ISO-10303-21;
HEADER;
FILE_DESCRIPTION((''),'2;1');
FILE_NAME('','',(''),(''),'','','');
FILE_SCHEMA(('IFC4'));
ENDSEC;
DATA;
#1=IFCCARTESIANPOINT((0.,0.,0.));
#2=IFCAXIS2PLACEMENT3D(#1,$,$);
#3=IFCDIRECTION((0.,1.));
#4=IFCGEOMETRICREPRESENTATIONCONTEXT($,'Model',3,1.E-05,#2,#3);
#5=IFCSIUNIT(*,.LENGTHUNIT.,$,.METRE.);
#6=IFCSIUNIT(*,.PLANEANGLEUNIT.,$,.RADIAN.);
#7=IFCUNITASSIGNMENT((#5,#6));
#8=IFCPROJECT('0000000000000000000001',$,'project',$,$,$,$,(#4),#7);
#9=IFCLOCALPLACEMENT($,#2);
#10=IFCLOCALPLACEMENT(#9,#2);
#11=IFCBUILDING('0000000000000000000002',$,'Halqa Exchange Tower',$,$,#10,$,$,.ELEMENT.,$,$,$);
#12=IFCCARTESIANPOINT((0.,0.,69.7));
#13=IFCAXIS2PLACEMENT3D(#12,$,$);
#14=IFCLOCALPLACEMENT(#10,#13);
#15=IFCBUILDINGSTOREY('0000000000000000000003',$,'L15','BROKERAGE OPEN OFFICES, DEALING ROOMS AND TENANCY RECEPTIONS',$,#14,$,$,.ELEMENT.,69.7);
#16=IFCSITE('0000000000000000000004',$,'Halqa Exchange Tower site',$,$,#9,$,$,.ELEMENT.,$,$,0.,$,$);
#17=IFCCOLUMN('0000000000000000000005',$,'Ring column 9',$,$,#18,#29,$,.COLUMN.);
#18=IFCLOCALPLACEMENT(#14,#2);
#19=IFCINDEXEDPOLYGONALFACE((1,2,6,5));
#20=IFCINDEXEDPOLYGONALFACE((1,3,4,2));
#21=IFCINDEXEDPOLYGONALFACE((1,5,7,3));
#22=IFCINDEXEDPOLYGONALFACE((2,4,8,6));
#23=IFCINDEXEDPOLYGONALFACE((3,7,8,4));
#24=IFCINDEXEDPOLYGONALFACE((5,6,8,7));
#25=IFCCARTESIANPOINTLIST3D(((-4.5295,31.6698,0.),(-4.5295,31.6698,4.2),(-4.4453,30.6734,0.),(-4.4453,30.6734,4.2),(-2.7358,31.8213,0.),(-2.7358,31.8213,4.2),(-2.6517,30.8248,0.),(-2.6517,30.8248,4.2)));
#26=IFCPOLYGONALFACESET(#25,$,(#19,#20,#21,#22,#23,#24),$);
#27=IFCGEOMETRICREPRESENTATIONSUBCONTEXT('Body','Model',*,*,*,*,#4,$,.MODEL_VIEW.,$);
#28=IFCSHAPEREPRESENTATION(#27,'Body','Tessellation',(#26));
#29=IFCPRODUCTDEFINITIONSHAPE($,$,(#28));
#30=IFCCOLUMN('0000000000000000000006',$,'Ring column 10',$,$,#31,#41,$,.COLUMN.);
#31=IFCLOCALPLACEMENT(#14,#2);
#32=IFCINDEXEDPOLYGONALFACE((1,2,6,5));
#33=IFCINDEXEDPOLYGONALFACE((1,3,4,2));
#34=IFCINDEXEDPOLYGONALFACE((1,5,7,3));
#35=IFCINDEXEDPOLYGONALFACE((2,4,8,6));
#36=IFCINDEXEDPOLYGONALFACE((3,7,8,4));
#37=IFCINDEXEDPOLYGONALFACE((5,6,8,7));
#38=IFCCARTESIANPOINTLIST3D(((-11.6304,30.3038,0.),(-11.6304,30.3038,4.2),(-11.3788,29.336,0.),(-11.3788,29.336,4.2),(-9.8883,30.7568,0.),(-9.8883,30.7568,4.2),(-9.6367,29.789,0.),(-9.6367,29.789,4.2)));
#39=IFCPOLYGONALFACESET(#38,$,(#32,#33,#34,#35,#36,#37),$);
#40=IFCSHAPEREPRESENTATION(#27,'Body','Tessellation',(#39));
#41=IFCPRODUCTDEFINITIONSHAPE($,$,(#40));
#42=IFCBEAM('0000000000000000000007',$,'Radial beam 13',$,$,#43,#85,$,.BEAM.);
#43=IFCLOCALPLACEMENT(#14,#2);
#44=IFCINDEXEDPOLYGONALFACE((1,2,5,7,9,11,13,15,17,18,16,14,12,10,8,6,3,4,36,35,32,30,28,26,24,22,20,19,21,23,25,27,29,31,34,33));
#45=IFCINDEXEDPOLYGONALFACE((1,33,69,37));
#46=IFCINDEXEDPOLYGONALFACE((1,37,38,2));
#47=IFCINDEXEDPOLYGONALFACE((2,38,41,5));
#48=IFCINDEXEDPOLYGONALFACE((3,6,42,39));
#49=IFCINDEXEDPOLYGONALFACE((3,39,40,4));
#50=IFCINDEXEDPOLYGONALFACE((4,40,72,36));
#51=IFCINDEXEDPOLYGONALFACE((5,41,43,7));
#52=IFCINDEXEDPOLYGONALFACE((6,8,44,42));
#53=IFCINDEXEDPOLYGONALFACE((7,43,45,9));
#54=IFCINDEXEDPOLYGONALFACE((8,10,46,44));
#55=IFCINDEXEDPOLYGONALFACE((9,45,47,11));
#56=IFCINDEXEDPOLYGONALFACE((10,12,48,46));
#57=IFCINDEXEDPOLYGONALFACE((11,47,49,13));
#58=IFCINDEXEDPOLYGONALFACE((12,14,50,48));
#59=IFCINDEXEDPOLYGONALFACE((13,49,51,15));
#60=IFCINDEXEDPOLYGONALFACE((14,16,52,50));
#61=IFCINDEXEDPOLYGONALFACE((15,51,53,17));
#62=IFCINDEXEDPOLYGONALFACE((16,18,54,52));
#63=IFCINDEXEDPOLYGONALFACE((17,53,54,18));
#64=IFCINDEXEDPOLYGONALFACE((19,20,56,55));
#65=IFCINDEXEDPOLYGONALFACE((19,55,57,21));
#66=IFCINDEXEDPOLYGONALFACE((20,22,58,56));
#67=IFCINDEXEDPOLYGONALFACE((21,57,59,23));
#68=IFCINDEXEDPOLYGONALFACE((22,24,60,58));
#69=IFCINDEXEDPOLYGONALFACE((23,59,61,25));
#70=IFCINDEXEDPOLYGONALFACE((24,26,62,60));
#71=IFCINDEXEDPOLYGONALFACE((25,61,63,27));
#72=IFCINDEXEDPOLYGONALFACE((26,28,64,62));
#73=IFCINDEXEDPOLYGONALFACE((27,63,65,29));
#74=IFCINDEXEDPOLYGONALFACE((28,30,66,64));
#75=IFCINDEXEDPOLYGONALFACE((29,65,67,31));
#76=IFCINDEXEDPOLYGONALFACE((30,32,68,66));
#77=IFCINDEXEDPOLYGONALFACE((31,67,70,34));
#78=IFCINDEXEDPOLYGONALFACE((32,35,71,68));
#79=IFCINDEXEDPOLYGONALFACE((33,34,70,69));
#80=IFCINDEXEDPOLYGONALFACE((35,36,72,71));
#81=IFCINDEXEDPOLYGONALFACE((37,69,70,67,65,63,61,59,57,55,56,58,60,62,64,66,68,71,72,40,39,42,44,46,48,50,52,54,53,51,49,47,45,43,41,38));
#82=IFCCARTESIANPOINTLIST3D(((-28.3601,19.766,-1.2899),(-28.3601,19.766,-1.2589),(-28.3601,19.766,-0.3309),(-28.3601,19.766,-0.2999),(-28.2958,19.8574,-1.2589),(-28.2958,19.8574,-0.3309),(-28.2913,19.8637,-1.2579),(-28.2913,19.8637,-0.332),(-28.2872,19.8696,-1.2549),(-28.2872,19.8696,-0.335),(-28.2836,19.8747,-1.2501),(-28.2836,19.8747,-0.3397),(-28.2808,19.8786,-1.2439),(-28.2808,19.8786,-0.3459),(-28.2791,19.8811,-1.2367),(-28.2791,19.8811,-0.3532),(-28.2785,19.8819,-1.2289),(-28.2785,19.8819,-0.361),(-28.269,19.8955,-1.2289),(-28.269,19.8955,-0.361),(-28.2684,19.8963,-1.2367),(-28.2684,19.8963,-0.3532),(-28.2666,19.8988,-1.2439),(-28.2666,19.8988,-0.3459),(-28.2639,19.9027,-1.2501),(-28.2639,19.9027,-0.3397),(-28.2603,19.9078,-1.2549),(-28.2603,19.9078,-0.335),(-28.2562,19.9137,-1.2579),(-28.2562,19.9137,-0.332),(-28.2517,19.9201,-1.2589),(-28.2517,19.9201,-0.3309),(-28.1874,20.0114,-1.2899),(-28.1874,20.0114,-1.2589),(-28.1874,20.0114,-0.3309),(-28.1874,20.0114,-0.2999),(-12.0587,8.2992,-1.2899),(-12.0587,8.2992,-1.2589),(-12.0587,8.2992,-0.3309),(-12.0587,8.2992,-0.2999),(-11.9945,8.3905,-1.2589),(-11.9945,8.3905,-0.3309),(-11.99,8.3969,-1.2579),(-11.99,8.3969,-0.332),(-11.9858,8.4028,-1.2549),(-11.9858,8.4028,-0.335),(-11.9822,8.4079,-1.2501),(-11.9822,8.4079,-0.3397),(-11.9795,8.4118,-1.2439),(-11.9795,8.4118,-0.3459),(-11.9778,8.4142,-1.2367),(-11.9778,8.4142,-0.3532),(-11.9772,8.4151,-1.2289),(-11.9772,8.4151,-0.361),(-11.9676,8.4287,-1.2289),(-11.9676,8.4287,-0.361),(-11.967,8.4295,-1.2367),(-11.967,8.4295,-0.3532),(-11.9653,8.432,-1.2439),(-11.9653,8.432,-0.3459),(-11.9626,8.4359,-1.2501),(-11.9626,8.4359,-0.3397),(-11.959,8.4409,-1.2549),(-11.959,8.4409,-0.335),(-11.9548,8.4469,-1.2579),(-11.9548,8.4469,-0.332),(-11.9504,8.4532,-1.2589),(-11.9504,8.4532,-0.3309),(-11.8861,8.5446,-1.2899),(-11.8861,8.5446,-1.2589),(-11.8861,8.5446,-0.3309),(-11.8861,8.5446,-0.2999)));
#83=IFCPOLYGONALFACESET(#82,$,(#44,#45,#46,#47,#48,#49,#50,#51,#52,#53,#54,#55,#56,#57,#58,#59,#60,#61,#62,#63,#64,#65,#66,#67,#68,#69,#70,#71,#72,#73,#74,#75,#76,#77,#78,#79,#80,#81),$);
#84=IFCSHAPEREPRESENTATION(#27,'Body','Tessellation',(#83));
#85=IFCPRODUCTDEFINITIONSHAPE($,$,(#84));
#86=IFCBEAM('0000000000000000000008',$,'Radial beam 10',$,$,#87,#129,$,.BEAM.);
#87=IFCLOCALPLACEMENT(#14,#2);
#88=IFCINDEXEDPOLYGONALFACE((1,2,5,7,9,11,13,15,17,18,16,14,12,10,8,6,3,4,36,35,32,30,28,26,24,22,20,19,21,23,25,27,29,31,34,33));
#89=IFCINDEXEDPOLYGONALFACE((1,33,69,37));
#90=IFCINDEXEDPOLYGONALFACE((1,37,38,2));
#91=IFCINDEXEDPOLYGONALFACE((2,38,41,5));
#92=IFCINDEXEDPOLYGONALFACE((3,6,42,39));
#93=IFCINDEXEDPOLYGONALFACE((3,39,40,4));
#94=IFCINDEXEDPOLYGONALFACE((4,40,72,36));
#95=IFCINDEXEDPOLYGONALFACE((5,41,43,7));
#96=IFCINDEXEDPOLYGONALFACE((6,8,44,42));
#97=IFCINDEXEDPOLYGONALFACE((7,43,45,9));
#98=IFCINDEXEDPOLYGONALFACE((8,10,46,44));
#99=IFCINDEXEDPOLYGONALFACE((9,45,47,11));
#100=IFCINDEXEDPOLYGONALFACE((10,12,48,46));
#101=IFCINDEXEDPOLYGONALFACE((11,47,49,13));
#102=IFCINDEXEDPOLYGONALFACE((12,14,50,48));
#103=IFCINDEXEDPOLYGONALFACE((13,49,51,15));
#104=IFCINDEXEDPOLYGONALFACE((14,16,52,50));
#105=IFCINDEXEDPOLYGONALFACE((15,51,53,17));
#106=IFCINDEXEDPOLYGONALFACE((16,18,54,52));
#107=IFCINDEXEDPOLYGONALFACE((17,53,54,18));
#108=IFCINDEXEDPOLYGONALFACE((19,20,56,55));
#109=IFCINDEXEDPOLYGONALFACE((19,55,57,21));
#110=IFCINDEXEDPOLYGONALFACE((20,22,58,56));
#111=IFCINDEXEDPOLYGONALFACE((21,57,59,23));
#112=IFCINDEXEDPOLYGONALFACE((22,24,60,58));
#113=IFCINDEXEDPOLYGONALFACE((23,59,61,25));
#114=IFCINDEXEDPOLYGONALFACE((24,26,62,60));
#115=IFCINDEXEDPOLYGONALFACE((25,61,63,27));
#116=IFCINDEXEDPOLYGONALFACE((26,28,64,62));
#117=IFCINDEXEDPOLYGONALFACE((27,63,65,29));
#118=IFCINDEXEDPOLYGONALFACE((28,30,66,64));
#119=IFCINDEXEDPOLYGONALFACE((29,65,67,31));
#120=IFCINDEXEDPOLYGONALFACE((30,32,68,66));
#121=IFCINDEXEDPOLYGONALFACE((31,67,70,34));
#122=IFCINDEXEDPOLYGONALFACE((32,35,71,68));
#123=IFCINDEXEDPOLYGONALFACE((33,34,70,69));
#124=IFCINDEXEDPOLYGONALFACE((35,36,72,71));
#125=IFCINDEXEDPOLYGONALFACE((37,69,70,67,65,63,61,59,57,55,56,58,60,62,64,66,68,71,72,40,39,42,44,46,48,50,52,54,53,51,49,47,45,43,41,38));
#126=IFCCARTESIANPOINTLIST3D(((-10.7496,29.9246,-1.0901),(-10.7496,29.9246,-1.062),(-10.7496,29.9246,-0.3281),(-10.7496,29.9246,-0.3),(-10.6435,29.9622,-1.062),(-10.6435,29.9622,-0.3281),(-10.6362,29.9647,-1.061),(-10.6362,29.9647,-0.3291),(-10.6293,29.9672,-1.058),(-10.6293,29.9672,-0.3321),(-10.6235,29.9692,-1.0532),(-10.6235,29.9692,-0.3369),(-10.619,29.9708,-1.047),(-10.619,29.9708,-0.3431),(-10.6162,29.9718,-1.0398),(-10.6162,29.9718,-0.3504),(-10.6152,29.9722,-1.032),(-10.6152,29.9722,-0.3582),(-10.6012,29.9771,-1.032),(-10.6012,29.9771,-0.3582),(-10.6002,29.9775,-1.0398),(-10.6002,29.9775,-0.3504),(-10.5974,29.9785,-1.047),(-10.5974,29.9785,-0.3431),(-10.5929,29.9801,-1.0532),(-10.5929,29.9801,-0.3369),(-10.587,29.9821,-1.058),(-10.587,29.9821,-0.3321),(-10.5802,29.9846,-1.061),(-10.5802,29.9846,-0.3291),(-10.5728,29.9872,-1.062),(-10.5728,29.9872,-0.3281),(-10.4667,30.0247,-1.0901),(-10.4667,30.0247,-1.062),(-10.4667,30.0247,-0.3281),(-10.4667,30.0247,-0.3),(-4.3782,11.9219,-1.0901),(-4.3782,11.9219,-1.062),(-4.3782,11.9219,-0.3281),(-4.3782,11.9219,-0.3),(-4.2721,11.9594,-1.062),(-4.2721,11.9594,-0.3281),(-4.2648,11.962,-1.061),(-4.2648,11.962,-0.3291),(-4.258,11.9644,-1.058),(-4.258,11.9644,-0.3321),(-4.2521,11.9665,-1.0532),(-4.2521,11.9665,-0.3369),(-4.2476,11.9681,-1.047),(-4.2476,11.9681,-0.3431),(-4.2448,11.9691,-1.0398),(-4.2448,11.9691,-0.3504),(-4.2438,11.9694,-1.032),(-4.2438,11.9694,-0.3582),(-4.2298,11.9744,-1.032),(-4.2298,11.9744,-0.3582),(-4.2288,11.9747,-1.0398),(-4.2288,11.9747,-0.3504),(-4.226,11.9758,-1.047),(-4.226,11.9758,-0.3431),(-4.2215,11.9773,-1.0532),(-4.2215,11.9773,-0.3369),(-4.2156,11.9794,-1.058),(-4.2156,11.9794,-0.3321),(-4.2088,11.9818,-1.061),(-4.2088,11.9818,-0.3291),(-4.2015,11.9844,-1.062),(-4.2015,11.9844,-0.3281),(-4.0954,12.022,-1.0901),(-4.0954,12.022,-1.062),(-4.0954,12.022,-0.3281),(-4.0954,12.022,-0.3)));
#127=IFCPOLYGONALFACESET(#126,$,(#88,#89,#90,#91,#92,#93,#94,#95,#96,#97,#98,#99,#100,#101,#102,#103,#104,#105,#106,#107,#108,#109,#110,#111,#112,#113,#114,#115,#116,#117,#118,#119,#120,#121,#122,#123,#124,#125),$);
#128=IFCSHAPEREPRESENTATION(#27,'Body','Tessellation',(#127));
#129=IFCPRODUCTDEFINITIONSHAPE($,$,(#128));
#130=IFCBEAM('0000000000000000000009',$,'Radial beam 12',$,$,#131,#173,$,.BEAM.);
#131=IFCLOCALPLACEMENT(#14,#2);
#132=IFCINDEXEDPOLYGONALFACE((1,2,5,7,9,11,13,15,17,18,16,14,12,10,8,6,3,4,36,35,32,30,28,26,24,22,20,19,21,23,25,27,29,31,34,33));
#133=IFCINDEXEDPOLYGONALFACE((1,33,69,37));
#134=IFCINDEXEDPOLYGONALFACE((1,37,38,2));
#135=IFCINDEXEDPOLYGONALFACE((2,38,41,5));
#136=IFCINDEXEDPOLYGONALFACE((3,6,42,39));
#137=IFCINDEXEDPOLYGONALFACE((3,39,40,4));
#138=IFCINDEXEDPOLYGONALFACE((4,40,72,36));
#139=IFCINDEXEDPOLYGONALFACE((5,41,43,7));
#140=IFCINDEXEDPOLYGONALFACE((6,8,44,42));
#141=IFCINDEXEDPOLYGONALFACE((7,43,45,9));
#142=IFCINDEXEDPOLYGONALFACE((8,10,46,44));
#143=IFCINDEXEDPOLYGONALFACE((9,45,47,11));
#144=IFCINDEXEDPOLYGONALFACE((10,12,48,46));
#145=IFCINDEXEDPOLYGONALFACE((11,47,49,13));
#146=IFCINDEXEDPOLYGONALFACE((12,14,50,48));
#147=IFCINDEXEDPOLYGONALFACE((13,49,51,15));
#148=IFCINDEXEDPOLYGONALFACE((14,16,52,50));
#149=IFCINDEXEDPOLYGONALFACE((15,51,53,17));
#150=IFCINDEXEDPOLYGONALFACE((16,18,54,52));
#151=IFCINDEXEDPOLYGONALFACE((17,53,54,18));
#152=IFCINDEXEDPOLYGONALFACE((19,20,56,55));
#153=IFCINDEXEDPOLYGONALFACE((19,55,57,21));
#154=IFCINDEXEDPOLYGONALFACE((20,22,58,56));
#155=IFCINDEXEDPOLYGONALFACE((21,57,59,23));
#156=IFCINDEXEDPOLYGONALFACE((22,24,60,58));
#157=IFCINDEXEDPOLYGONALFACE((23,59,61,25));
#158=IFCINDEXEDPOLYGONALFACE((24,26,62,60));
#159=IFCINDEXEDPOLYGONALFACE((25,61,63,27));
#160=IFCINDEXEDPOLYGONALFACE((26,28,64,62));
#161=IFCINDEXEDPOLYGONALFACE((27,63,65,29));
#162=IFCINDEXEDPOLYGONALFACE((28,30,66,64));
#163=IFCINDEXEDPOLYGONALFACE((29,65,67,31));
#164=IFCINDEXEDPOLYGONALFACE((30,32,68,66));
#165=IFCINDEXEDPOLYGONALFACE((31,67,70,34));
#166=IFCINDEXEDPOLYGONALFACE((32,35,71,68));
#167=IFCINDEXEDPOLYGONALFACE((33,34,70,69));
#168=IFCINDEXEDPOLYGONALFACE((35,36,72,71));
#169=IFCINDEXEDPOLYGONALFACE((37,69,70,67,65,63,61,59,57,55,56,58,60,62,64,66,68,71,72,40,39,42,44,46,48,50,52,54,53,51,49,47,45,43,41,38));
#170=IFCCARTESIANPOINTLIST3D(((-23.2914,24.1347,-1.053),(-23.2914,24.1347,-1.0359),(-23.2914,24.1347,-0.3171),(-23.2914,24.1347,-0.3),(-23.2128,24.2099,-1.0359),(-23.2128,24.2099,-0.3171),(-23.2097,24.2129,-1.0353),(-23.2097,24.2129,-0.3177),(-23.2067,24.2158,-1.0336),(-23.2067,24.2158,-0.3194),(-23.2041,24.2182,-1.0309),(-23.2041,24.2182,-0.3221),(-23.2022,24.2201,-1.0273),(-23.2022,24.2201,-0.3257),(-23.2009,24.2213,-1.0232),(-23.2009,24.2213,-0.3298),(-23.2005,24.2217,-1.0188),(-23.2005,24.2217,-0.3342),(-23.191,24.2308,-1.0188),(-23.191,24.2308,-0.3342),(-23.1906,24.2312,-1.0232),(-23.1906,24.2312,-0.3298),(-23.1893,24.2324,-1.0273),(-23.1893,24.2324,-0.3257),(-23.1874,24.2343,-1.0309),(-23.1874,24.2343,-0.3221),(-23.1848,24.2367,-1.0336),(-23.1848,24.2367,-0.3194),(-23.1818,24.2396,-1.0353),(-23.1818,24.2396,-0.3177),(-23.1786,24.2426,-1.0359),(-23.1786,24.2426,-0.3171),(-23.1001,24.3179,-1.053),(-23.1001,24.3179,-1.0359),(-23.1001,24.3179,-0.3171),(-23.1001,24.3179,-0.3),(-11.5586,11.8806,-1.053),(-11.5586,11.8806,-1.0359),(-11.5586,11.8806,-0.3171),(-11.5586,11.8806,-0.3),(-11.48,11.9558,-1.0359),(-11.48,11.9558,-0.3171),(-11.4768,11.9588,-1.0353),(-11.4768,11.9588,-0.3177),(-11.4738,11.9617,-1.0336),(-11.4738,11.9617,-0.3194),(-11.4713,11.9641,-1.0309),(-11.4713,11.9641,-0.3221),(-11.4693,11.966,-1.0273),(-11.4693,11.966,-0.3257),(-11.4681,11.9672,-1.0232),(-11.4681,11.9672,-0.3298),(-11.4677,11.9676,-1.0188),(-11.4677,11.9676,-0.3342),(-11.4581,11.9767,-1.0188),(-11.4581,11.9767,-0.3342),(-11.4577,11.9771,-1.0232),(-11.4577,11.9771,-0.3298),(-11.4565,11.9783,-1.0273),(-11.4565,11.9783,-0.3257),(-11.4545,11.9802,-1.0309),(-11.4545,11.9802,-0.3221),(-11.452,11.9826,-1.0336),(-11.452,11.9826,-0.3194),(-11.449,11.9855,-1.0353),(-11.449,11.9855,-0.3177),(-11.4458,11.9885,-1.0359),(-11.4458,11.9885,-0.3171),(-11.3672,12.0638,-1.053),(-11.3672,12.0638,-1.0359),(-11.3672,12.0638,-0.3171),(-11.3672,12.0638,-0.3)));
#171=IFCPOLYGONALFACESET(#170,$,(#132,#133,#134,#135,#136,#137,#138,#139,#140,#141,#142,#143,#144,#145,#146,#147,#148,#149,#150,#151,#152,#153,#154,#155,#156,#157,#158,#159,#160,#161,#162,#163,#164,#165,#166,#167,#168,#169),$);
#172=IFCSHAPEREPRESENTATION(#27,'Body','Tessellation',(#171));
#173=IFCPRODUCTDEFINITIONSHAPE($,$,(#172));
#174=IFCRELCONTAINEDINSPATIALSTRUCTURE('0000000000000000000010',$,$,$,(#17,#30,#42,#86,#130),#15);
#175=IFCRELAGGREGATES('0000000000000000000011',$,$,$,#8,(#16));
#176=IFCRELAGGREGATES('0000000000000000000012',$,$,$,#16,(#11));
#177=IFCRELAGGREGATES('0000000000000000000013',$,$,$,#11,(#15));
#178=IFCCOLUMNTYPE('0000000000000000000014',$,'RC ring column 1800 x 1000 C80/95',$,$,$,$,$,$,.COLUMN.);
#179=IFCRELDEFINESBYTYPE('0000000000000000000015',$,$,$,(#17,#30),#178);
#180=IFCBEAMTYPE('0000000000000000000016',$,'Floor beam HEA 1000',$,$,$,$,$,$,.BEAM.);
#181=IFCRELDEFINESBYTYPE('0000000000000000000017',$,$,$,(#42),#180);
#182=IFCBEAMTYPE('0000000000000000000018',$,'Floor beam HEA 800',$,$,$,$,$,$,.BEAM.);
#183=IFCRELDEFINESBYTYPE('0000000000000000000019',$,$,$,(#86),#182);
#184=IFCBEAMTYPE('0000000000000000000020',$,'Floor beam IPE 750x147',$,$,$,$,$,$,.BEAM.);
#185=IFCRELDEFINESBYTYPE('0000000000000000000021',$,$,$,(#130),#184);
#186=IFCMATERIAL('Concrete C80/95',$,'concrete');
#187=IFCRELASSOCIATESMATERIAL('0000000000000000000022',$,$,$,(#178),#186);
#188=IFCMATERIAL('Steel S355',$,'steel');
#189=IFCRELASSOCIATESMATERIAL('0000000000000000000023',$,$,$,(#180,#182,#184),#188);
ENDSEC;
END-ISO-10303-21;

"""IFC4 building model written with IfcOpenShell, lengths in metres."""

from ifc_helpers import new_model, si_unit, direction, frame, origin, origin_2d, place, context, subcontext, project, spatial, rectangle, i_section, extrude, material, material_profile, profile_set, type_object, element, save


model = new_model("IFC4")

# Units and contexts
model_context = context("Model", 3, precision=1e-05, world=origin(), true_north=direction((0.0, 1.0)))
body_context = subcontext(model_context, "Body", "Model", "MODEL_VIEW")
ifc_project = project(units=[si_unit("LENGTHUNIT", "METRE"), si_unit("PLANEANGLEUNIT", "RADIAN")], contexts=[model_context])

# Site, building, storey
site_placement = place(None, origin())
site = spatial("IfcSite", under=ifc_project, at=site_placement, Name="Halqa Exchange Tower site", CompositionType="ELEMENT", RefElevation=0.0)
building_placement = place(site_placement, origin())
building = spatial("IfcBuilding", under=site, at=building_placement, Name="Halqa Exchange Tower", CompositionType="ELEMENT")
storey_placement = place(building_placement, frame((0.0, 0.0, 69.7)))
storey = spatial("IfcBuildingStorey", under=building, at=storey_placement, Name="L15", Description="BROKERAGE OPEN OFFICES, DEALING ROOMS AND TENANCY RECEPTIONS", CompositionType="ELEMENT", Elevation=69.7)

# Columns
ifc_material_1 = material(Name="Concrete C80/95", Category="concrete")
ifc_material_profile_1 = material_profile(ifc_material_1, rectangle(XDim=1.8, YDim=1.0, at=origin_2d()), Name="1800 x 1000")
ifc_profile_set_1 = profile_set([ifc_material_profile_1], Name="Concrete C80/95")
column_type = type_object("IfcColumnType", Name="RC ring column 1800 x 1000 C80/95", PredefinedType="COLUMN", material=ifc_profile_set_1)
for number, where, z_axis, x_axis, name in (
    (1, (-3.5906, 31.2473, 0.0), (0.0, 0.0, 1.0), (-0.996456, -0.084121, 0.0), "Ring column 9"),
    (2, (-10.6335, 30.0464, 0.0), (0.0, 0.0, 1.0), (-0.96782, -0.251644, 0.0), "Ring column 10"),
):
    element("IfcColumn", number, at=place(storey_placement, frame(where, z_axis=z_axis, x_axis=x_axis)), inside=storey, type_object=column_type, Name=name, PredefinedType="COLUMN", context=body_context, shape_type="SweptSolid", body=[
        extrude(rectangle(XDim=1.8, YDim=1.0, at=origin_2d()), origin(), (0.0, 0.0, 1.0), 4.2),
    ])

# Beams
ifc_material_2 = material(Name="Steel S355", Category="steel")
ifc_material_profile_2 = material_profile(ifc_material_2, i_section(OverallWidth=0.3, OverallDepth=0.99, WebThickness=0.0166, FlangeThickness=0.031, FilletRadius=0.03, at=origin_2d()), Name="HEA 1000")
ifc_profile_set_2 = profile_set([ifc_material_profile_2], Name="Steel S355")
beam_type_1 = type_object("IfcBeamType", Name="Floor beam HEA 1000", PredefinedType="BEAM", material=ifc_profile_set_2)
beam_1_placement = place(storey_placement, frame((-11.9724, 8.4219, -0.7949), z_axis=(-0.817912, 0.575344, 0.0), x_axis=(-0.575344, -0.817912, 0.0)))
element("IfcBeam", 3, at=beam_1_placement, inside=storey, type_object=beam_type_1, Name="Radial beam 13", PredefinedType="BEAM", context=body_context, shape_type="SweptSolid", body=[
    extrude(i_section(OverallWidth=0.3, OverallDepth=0.99, WebThickness=0.0166, FlangeThickness=0.031, FilletRadius=0.03, at=origin_2d()), origin(), (0.0, 0.0, 1.0), 19.9304),
])
ifc_material_profile_3 = material_profile(ifc_material_2, i_section(OverallWidth=0.3, OverallDepth=0.79, WebThickness=0.0149, FlangeThickness=0.0281, FilletRadius=0.03, at=origin_2d()), Name="HEA 800")
ifc_profile_set_3 = profile_set([ifc_material_profile_3], Name="Steel S355")
beam_type_2 = type_object("IfcBeamType", Name="Floor beam HEA 800", PredefinedType="BEAM", material=ifc_profile_set_3)
beam_2_placement = place(storey_placement, frame((-4.2368, 11.9719, -0.6951), z_axis=(-0.333632, 0.942703, 0.0), x_axis=(-0.942703, -0.333632, 0.0)))
element("IfcBeam", 4, at=beam_2_placement, inside=storey, type_object=beam_type_2, Name="Radial beam 10", PredefinedType="BEAM", context=body_context, shape_type="SweptSolid", body=[
    extrude(i_section(OverallWidth=0.3, OverallDepth=0.79, WebThickness=0.0149, FlangeThickness=0.0281, FilletRadius=0.03, at=origin_2d()), origin(), (0.0, 0.0, 1.0), 19.0969),
])
ifc_material_profile_4 = material_profile(ifc_material_2, i_section(OverallWidth=0.2649, OverallDepth=0.7529, WebThickness=0.0132, FlangeThickness=0.0171, FilletRadius=0.0171, at=origin_2d()), Name="IPE 750x147")
ifc_profile_set_4 = profile_set([ifc_material_profile_4], Name="Steel S355")
beam_type_3 = type_object("IfcBeamType", Name="Floor beam IPE 750x147", PredefinedType="BEAM", material=ifc_profile_set_4)
beam_3_placement = place(storey_placement, frame((-11.4629, 11.9722, -0.6765), z_axis=(-0.691578, 0.722302, 0.0), x_axis=(-0.722302, -0.691578, 0.0)))
element("IfcBeam", 5, at=beam_3_placement, inside=storey, type_object=beam_type_3, Name="Radial beam 12", PredefinedType="BEAM", context=body_context, shape_type="SweptSolid", body=[
    extrude(i_section(OverallWidth=0.2649, OverallDepth=0.7529, WebThickness=0.0132, FlangeThickness=0.0171, FilletRadius=0.0171, at=origin_2d()), origin(), (0.0, 0.0, 1.0), 16.9653),
])

save(model, "model.ifc")
